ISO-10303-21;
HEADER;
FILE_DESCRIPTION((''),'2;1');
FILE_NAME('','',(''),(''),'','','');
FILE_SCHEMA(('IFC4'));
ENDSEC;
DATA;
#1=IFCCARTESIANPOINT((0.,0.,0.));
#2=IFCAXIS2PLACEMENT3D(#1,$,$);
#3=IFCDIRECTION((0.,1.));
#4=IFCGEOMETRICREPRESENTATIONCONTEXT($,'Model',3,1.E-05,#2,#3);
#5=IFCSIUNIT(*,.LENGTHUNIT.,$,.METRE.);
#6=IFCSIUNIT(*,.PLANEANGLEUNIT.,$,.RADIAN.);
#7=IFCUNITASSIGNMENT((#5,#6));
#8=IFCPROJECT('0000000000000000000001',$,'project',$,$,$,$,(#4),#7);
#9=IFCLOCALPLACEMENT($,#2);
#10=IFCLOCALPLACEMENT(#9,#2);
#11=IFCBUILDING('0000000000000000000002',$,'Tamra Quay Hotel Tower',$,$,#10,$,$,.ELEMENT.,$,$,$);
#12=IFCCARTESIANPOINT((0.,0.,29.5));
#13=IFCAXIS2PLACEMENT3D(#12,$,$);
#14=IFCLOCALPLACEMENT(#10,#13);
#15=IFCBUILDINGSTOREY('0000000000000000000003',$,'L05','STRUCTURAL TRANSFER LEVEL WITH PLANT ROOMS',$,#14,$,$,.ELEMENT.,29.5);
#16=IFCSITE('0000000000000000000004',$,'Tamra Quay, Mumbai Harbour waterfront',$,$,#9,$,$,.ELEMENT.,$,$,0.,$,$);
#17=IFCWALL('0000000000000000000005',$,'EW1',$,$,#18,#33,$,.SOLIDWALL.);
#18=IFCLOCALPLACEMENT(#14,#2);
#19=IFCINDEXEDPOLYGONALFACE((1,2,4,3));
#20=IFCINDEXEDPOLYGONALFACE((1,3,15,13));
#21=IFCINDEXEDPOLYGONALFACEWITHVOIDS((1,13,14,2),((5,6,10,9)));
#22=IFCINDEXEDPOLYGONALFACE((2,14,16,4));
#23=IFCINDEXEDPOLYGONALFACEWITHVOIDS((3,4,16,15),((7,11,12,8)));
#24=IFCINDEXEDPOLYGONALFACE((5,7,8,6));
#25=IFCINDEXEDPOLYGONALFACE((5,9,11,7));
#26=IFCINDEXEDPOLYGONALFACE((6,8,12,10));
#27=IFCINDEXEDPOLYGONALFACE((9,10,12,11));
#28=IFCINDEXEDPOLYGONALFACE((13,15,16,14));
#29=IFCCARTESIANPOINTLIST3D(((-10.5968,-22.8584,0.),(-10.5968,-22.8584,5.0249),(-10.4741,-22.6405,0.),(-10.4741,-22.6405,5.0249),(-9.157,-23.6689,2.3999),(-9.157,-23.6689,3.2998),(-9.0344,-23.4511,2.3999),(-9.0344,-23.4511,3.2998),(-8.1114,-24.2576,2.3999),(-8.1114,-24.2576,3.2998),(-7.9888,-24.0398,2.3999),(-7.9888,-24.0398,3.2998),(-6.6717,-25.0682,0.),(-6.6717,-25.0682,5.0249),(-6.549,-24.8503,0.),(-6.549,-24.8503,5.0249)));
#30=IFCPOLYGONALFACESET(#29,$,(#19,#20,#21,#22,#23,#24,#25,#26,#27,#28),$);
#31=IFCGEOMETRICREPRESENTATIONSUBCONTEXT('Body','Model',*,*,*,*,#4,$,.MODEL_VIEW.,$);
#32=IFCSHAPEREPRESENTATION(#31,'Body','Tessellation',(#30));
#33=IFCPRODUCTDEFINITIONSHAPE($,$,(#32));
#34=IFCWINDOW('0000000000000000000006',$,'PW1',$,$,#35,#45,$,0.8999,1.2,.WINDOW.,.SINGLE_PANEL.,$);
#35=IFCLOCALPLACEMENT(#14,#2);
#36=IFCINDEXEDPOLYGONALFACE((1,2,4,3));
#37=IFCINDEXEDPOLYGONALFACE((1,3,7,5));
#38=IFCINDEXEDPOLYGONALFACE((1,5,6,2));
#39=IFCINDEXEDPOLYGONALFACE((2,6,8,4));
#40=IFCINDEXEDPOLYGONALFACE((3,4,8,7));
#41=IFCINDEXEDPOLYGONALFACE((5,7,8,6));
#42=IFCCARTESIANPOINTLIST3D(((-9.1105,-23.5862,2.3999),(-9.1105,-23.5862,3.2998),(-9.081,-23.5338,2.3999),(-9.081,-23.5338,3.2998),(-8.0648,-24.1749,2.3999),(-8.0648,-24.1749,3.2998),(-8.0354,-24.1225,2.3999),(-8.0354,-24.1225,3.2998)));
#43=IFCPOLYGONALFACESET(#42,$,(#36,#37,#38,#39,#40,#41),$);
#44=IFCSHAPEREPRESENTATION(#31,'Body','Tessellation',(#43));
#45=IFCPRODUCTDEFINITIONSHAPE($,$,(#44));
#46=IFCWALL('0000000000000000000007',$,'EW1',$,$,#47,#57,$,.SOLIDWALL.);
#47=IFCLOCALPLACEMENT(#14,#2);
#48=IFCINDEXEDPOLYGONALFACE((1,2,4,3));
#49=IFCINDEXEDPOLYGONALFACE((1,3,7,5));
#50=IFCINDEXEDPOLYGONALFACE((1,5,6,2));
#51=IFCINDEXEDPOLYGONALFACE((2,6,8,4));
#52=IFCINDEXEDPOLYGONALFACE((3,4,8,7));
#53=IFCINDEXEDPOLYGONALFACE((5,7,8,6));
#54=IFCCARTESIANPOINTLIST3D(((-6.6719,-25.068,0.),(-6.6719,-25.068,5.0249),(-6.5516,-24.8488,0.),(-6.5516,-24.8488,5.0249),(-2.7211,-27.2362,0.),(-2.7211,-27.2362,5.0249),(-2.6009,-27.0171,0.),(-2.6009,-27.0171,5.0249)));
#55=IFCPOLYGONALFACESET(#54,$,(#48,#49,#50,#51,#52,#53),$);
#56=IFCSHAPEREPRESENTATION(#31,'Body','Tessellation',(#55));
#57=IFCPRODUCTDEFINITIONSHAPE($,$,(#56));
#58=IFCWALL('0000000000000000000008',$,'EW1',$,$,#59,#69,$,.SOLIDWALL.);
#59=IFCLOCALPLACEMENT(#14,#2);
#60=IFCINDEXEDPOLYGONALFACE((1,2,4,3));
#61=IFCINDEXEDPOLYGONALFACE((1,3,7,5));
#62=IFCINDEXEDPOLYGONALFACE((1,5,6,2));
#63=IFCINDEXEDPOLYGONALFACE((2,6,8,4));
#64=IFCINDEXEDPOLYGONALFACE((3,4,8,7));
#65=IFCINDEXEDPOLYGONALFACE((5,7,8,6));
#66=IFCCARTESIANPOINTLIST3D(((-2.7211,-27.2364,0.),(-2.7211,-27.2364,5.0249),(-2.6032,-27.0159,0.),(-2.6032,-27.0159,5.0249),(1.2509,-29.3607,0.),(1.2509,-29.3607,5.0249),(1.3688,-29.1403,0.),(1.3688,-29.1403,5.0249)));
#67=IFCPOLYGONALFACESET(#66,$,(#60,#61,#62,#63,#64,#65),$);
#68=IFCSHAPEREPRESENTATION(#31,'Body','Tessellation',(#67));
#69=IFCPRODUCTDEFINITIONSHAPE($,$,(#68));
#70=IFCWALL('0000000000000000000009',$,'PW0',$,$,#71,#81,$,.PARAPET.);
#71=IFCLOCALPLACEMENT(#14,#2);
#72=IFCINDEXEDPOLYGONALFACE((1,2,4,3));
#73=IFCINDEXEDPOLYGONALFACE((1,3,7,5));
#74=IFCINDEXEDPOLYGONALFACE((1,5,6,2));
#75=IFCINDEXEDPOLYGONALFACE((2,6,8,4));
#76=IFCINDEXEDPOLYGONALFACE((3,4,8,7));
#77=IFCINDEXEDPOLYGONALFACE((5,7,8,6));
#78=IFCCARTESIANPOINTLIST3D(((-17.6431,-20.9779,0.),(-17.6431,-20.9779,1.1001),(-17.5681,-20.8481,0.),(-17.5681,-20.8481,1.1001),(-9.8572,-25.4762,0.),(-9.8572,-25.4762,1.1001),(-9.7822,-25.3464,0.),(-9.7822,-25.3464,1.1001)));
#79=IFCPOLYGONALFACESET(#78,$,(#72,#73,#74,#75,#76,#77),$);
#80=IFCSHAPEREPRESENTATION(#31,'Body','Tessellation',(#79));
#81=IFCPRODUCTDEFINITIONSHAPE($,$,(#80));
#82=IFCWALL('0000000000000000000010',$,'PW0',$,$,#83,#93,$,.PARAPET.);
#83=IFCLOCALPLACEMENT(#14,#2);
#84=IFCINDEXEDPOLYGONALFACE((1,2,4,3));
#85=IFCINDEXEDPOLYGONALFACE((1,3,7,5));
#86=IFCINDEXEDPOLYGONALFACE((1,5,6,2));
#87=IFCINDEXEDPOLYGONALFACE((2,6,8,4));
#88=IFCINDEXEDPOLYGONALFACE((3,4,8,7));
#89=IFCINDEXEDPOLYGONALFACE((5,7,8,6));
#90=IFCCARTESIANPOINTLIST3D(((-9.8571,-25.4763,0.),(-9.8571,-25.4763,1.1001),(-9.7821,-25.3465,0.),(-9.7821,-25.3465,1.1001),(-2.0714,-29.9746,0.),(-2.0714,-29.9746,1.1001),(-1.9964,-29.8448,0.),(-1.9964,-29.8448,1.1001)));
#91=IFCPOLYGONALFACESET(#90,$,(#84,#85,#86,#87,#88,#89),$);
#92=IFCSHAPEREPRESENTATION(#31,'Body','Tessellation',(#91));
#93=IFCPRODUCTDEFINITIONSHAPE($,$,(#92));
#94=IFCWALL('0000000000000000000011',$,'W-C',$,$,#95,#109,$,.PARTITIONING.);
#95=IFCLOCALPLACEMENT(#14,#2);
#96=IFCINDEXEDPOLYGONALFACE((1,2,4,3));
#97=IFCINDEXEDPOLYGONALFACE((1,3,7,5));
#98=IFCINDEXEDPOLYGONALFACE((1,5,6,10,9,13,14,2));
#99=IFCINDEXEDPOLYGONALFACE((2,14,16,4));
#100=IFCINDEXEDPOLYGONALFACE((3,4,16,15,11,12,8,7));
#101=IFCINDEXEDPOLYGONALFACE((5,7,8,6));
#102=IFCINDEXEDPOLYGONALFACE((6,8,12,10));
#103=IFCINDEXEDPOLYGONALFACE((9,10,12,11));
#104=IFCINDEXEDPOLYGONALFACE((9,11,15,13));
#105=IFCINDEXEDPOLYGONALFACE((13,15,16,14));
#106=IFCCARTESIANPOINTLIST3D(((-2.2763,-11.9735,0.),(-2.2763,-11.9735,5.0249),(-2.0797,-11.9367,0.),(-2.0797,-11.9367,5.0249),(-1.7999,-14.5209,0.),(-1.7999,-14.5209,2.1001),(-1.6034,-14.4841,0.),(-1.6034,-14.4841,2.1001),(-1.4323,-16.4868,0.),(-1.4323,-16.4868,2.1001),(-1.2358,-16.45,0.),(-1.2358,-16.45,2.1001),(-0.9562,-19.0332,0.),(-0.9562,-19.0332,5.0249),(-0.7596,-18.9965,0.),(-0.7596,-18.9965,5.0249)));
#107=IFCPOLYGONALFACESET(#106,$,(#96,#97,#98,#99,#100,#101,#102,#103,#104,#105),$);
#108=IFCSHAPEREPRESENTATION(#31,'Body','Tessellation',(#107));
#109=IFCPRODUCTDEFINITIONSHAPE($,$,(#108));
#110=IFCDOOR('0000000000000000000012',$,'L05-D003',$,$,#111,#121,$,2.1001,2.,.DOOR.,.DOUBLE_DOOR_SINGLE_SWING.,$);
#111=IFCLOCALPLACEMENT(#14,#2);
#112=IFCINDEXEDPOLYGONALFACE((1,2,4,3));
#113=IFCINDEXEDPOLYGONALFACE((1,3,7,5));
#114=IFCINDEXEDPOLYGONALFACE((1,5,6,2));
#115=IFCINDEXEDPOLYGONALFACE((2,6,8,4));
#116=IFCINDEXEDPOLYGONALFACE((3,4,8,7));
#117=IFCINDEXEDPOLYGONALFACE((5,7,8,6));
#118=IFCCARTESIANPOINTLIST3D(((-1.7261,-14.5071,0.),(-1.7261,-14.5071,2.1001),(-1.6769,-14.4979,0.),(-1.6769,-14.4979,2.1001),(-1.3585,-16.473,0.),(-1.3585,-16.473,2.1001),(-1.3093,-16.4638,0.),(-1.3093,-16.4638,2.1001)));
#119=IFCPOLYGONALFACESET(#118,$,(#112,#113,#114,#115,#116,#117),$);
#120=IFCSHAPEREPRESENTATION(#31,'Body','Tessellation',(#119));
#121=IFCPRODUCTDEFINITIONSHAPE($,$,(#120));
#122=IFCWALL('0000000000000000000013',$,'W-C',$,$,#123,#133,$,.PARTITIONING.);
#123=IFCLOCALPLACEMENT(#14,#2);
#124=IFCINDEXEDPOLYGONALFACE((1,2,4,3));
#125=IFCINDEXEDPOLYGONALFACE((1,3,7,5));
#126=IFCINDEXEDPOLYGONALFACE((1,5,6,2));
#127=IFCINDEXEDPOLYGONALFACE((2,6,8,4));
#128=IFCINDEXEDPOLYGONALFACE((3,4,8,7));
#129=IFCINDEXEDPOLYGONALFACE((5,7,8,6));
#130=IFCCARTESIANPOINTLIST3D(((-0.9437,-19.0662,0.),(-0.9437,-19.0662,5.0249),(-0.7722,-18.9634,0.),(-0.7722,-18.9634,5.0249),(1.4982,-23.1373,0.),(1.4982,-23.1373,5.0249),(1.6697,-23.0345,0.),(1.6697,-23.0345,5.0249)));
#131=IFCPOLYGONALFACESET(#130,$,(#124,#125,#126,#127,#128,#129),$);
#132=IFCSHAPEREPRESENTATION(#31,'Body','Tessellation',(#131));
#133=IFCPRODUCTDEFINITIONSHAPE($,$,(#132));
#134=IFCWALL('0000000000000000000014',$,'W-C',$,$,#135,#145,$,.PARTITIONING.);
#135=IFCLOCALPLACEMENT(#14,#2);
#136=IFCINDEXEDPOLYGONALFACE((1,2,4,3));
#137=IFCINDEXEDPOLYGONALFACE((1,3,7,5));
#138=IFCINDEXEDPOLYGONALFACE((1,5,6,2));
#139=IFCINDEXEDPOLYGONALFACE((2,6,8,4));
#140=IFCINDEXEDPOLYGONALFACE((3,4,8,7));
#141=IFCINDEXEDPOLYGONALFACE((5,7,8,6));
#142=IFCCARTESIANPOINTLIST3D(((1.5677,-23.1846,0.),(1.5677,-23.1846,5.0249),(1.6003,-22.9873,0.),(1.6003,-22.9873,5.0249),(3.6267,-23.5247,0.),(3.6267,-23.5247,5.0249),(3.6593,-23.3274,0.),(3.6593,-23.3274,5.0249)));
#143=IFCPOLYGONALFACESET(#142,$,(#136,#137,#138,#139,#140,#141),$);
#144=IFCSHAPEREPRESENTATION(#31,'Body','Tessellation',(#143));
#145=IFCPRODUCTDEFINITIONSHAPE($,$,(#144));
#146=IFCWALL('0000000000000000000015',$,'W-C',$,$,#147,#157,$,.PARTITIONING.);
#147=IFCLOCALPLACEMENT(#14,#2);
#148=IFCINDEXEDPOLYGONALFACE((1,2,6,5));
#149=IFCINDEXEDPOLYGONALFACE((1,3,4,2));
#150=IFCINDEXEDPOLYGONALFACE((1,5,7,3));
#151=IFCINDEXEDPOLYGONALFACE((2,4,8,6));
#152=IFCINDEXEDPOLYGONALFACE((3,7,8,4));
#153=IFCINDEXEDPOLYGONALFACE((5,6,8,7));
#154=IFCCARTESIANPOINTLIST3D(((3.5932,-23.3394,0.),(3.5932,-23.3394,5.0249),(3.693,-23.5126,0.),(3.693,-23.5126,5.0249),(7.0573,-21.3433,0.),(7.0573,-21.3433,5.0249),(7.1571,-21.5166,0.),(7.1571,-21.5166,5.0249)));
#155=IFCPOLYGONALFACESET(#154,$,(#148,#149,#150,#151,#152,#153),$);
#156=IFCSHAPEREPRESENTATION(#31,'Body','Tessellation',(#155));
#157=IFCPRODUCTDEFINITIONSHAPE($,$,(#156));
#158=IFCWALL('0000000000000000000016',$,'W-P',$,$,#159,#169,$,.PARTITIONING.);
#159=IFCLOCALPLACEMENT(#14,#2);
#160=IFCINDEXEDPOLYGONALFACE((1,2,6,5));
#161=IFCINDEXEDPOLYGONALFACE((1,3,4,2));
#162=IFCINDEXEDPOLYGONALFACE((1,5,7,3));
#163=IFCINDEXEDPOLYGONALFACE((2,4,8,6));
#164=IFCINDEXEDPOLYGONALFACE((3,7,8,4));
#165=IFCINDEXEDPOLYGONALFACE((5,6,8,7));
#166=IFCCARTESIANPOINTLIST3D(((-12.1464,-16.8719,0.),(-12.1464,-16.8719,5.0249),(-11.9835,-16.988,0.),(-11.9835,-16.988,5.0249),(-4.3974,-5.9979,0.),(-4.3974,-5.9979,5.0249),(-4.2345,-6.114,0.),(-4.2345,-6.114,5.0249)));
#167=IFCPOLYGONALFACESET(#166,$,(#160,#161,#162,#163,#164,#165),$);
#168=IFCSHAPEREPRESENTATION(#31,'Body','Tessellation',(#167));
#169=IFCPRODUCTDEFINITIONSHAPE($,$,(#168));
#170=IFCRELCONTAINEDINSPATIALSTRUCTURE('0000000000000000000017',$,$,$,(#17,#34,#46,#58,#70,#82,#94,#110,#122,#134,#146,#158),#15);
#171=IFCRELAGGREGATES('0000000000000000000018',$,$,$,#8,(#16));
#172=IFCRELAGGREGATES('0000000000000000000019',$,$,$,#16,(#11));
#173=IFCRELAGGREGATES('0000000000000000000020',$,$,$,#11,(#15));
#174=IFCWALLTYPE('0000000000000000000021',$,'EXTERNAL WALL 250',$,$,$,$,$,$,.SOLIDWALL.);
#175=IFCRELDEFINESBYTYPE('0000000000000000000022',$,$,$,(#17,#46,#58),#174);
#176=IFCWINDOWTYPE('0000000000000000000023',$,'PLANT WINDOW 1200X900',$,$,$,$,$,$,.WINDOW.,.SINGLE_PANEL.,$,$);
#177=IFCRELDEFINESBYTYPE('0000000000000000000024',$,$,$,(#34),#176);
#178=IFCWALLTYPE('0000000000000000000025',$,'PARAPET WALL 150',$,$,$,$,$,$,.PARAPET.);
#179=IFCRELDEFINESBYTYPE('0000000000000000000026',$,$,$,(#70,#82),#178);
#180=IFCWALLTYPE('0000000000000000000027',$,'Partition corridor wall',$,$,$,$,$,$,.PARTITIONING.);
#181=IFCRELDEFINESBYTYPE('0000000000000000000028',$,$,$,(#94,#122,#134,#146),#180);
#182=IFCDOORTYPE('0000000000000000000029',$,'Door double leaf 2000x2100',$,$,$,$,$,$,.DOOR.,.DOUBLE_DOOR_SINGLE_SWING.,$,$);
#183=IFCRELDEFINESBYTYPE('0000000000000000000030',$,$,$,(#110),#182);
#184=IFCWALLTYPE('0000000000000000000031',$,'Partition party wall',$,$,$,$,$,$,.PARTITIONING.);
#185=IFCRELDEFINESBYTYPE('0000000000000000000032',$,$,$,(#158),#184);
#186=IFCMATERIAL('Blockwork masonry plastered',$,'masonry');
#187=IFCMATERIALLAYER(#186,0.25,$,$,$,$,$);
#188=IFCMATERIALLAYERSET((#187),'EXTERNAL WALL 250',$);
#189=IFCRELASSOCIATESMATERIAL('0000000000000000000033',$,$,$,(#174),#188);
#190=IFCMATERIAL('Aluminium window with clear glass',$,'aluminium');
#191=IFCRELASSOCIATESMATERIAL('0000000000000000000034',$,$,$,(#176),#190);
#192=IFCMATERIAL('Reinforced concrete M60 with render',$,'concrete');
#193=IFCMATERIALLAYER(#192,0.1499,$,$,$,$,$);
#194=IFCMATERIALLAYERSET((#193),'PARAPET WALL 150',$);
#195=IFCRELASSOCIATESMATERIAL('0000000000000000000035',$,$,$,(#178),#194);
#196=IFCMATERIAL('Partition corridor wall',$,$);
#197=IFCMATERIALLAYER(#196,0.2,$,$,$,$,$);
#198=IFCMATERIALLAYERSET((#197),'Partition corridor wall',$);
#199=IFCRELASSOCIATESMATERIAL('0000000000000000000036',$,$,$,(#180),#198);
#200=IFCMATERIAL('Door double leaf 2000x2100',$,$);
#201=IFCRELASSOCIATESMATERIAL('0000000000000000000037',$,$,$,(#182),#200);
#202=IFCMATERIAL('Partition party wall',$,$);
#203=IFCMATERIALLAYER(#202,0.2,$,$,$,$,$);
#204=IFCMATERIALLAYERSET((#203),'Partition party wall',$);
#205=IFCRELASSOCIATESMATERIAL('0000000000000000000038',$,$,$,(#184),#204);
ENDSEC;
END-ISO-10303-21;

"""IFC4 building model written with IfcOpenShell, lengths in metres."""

from ifc_helpers import new_model, si_unit, direction, frame, frame_2d, origin, place, context, subcontext, project, spatial, rectangle, extrude, material, layer, layer_set, type_object, element, fill, save


model = new_model("IFC4")

# Units and contexts
model_context = context("Model", 3, precision=1e-05, world=origin(), true_north=direction((0.0, 1.0)))
body_context = subcontext(model_context, "Body", "Model", "MODEL_VIEW")
ifc_project = project(units=[si_unit("LENGTHUNIT", "METRE"), si_unit("PLANEANGLEUNIT", "RADIAN")], contexts=[model_context])

# Site, building, storey
site_placement = place(None, origin())
site = spatial("IfcSite", under=ifc_project, at=site_placement, Name="Tamra Quay, Mumbai Harbour waterfront", CompositionType="ELEMENT", RefElevation=0.0)
building_placement = place(site_placement, origin())
building = spatial("IfcBuilding", under=site, at=building_placement, Name="Tamra Quay Hotel Tower", CompositionType="ELEMENT")
storey_placement = place(building_placement, frame((0.0, 0.0, 29.5)))
storey = spatial("IfcBuildingStorey", under=building, at=storey_placement, Name="L05", Description="STRUCTURAL TRANSFER LEVEL WITH PLANT ROOMS", CompositionType="ELEMENT", Elevation=29.5)

# Shared definitions
ifc_material_1 = material(Name="Blockwork masonry plastered", Category="masonry")
ifc_layer_1 = layer(ifc_material_1, 0.25)
ifc_layer_set_1 = layer_set([ifc_layer_1], Name="EXTERNAL WALL 250")
wall_type_1 = type_object("IfcWallType", Name="EXTERNAL WALL 250", PredefinedType="SOLIDWALL", material=ifc_layer_set_1)

# Wall, opening, window
wall_1_placement = place(storey_placement, frame((-6.6104, -24.9592, 0.0), z_axis=(0.0, 0.0, 1.0), x_axis=(-0.871397, 0.490578, 0.0)))
wall_1 = element("IfcWall", 1, at=wall_1_placement, inside=storey, type_object=wall_type_1, Name="EW1", PredefinedType="SOLIDWALL", context=body_context, shape_type="SweptSolid", body=[
    extrude(rectangle(XDim=4.5044, YDim=0.25, at=frame_2d((2.2522, 0.0))), origin(), (0.0, 0.0, 1.0), 5.0249),
])
opening_1_placement = place(wall_1_placement, frame((1.6521, 0.0, 2.3999)))
opening_1 = element("IfcOpeningElement", 2, at=opening_1_placement, cuts=wall_1, PredefinedType="OPENING", context=body_context, shape_type="SweptSolid", body=[
    extrude(rectangle(XDim=1.2, YDim=0.8999, at=frame_2d((0.6001, 0.45))), frame((0.0, 0.135, 0.0), z_axis=(0.0, -1.0, 0.0), x_axis=(1.0, 0.0, 0.0)), (0.0, 0.0, 1.0), 0.27),
])
ifc_material_2 = material(Name="Aluminium window with clear glass", Category="aluminium")
window_type = type_object("IfcWindowType", Name="PLANT WINDOW 1200X900", PartitioningType="SINGLE_PANEL", PredefinedType="WINDOW", material=ifc_material_2)
window_placement = place(opening_1_placement, origin())
window = element("IfcWindow", 3, at=window_placement, inside=storey, type_object=window_type, Name="PW1", OverallHeight=0.8999, OverallWidth=1.2, PartitioningType="SINGLE_PANEL", PredefinedType="WINDOW", context=body_context, shape_type="SweptSolid", body=[
    extrude(rectangle(XDim=1.2, YDim=0.8999, at=frame_2d((0.6001, 0.45))), frame((0.0, 0.03, 0.0), z_axis=(0.0, -1.0, 0.0), x_axis=(1.0, 0.0, 0.0)), (0.0, 0.0, 1.0), 0.0601),
])
fill(opening_1, window)

# Walls
wall_2_placement = place(storey_placement, frame((-2.6609, -27.1267, 0.0), z_axis=(0.0, 0.0, 1.0), x_axis=(-0.876652, 0.481124, 0.0)))
element("IfcWall", 4, at=wall_2_placement, inside=storey, type_object=wall_type_1, Name="EW1", PredefinedType="SOLIDWALL", context=body_context, shape_type="SweptSolid", body=[
    extrude(rectangle(XDim=4.5066, YDim=0.25, at=frame_2d((2.2534, 0.0))), origin(), (0.0, 0.0, 1.0), 5.0249),
])
wall_3_placement = place(storey_placement, frame((1.3098, -29.2505, 0.0), z_axis=(0.0, 0.0, 1.0), x_axis=(-0.881808, 0.471609, 0.0)))
element("IfcWall", 5, at=wall_3_placement, inside=storey, type_object=wall_type_1, Name="EW1", PredefinedType="SOLIDWALL", context=body_context, shape_type="SweptSolid", body=[
    extrude(rectangle(XDim=4.5044, YDim=0.25, at=frame_2d((2.2522, 0.0))), origin(), (0.0, 0.0, 1.0), 5.0249),
])
ifc_material_3 = material(Name="Reinforced concrete M60 with render", Category="concrete")
ifc_layer_2 = layer(ifc_material_3, 0.1499)
ifc_layer_set_2 = layer_set([ifc_layer_2], Name="PARAPET WALL 150")
wall_type_2 = type_object("IfcWallType", Name="PARAPET WALL 150", PredefinedType="PARAPET", material=ifc_layer_set_2)
wall_4_placement = place(storey_placement, frame((-9.8196, -25.4114, 0.0), z_axis=(0.0, 0.0, 1.0), x_axis=(-0.865876, 0.500259, 0.0)))
element("IfcWall", 6, at=wall_4_placement, inside=storey, type_object=wall_type_2, Name="PW0", PredefinedType="PARAPET", context=body_context, shape_type="SweptSolid", body=[
    extrude(rectangle(XDim=8.9919, YDim=0.1499, at=frame_2d((4.4961, 0.0))), origin(), (0.0, 0.0, 1.0), 1.1001),
])
wall_5_placement = place(storey_placement, frame((-2.0339, -29.9097, 0.0), z_axis=(0.0, 0.0, 1.0), x_axis=(-0.865869, 0.500271, 0.0)))
element("IfcWall", 7, at=wall_5_placement, inside=storey, type_object=wall_type_2, Name="PW0", PredefinedType="PARAPET", context=body_context, shape_type="SweptSolid", body=[
    extrude(rectangle(XDim=8.9917, YDim=0.1499, at=frame_2d((4.4958, 0.0))), origin(), (0.0, 0.0, 1.0), 1.1001),
])

# Wall, opening, door
ifc_material_4 = material(Name="Partition corridor wall")
ifc_layer_3 = layer(ifc_material_4, 0.2)
ifc_layer_set_3 = layer_set([ifc_layer_3], Name="Partition corridor wall")
wall_type_3 = type_object("IfcWallType", Name="Partition corridor wall", PredefinedType="PARTITIONING", material=ifc_layer_set_3)
wall_6_placement = place(storey_placement, frame((-2.178, -11.9551, 0.0), z_axis=(0.0, 0.0, 1.0), x_axis=(0.183798, -0.982964, 0.0)))
wall_6 = element("IfcWall", 8, at=wall_6_placement, inside=storey, type_object=wall_type_3, Name="W-C", PredefinedType="PARTITIONING", context=body_context, shape_type="SweptSolid", body=[
    extrude(rectangle(XDim=7.1821, YDim=0.2, at=frame_2d((3.5911, 0.0))), origin(), (0.0, 0.0, 1.0), 5.0249),
])
opening_2_placement = place(wall_6_placement, frame((2.5916, 0.0, 0.0)))
opening_2 = element("IfcOpeningElement", 9, at=opening_2_placement, cuts=wall_6, PredefinedType="OPENING", context=body_context, shape_type="SweptSolid", body=[
    extrude(rectangle(XDim=2.0, YDim=2.1001, at=frame_2d((1.0, 1.05))), frame((0.0, 0.1099, 0.0), z_axis=(0.0, -1.0, 0.0), x_axis=(1.0, 0.0, 0.0)), (0.0, 0.0, 1.0), 0.22),
])
ifc_material_5 = material(Name="Door double leaf 2000x2100")
door_type_1 = type_object("IfcDoorType", Name="Door double leaf 2000x2100", OperationType="DOUBLE_DOOR_SINGLE_SWING", PredefinedType="DOOR", material=ifc_material_5)
door_1_placement = place(opening_2_placement, frame((2.0, 0.0, 0.0), z_axis=(0.0, 0.0, 1.0), x_axis=(-1.0, 0.0, 0.0)))
door_1 = element("IfcDoor", 10, at=door_1_placement, inside=storey, type_object=door_type_1, Name="L05-D003", OperationType="DOUBLE_DOOR_SINGLE_SWING", OverallHeight=2.1001, OverallWidth=2.0, PredefinedType="DOOR", context=body_context, shape_type="SweptSolid", body=[
    extrude(rectangle(XDim=2.0, YDim=2.1001, at=frame_2d((1.0, 1.05))), frame((0.0, 0.0249, 0.0), z_axis=(0.0, -1.0, 0.0), x_axis=(1.0, 0.0, 0.0)), (0.0, 0.0, 1.0), 0.05),
])
fill(opening_2, door_1)

# Walls
wall_7_placement = place(storey_placement, frame((-0.8579, -19.0149, 0.0), z_axis=(0.0, 0.0, 1.0), x_axis=(0.514382, -0.857561, 0.0)))
element("IfcWall", 11, at=wall_7_placement, inside=storey, type_object=wall_type_3, Name="W-C", PredefinedType="PARTITIONING", context=body_context, shape_type="SweptSolid", body=[
    extrude(rectangle(XDim=4.7473, YDim=0.2, at=frame_2d((2.3735, 0.0))), origin(), (0.0, 0.0, 1.0), 5.0249),
])
wall_8_placement = place(storey_placement, frame((1.584, -23.0859, 0.0), z_axis=(0.0, 0.0, 1.0), x_axis=(0.986633, -0.162957, 0.0)))
element("IfcWall", 12, at=wall_8_placement, inside=storey, type_object=wall_type_3, Name="W-C", PredefinedType="PARTITIONING", context=body_context, shape_type="SweptSolid", body=[
    extrude(rectangle(XDim=2.0869, YDim=0.2, at=frame_2d((1.0435, 0.0))), origin(), (0.0, 0.0, 1.0), 5.0249),
])
wall_9_placement = place(storey_placement, frame((3.6431, -23.426, 0.0), z_axis=(0.0, 0.0, 1.0), x_axis=(0.866449, 0.499266, 0.0)))
element("IfcWall", 13, at=wall_9_placement, inside=storey, type_object=wall_type_3, Name="W-C", PredefinedType="PARTITIONING", context=body_context, shape_type="SweptSolid", body=[
    extrude(rectangle(XDim=3.998, YDim=0.2, at=frame_2d((1.999, 0.0))), origin(), (0.0, 0.0, 1.0), 5.0249),
])
ifc_material_6 = material(Name="Partition party wall")
ifc_layer_4 = layer(ifc_material_6, 0.2)
ifc_layer_set_4 = layer_set([ifc_layer_4], Name="Partition party wall")
wall_type_4 = type_object("IfcWallType", Name="Partition party wall", PredefinedType="PARTITIONING", material=ifc_layer_set_4)
wall_10_placement = place(storey_placement, frame((-12.0649, -16.9299, 0.0), z_axis=(0.0, 0.0, 1.0), x_axis=(0.580338, 0.814375, 0.0)))
element("IfcWall", 14, at=wall_10_placement, inside=storey, type_object=wall_type_4, Name="W-P", PredefinedType="PARTITIONING", context=body_context, shape_type="SweptSolid", body=[
    extrude(rectangle(XDim=13.3525, YDim=0.2, at=frame_2d((6.6763, 0.0))), origin(), (0.0, 0.0, 1.0), 5.0249),
])

save(model, "model.ifc")
